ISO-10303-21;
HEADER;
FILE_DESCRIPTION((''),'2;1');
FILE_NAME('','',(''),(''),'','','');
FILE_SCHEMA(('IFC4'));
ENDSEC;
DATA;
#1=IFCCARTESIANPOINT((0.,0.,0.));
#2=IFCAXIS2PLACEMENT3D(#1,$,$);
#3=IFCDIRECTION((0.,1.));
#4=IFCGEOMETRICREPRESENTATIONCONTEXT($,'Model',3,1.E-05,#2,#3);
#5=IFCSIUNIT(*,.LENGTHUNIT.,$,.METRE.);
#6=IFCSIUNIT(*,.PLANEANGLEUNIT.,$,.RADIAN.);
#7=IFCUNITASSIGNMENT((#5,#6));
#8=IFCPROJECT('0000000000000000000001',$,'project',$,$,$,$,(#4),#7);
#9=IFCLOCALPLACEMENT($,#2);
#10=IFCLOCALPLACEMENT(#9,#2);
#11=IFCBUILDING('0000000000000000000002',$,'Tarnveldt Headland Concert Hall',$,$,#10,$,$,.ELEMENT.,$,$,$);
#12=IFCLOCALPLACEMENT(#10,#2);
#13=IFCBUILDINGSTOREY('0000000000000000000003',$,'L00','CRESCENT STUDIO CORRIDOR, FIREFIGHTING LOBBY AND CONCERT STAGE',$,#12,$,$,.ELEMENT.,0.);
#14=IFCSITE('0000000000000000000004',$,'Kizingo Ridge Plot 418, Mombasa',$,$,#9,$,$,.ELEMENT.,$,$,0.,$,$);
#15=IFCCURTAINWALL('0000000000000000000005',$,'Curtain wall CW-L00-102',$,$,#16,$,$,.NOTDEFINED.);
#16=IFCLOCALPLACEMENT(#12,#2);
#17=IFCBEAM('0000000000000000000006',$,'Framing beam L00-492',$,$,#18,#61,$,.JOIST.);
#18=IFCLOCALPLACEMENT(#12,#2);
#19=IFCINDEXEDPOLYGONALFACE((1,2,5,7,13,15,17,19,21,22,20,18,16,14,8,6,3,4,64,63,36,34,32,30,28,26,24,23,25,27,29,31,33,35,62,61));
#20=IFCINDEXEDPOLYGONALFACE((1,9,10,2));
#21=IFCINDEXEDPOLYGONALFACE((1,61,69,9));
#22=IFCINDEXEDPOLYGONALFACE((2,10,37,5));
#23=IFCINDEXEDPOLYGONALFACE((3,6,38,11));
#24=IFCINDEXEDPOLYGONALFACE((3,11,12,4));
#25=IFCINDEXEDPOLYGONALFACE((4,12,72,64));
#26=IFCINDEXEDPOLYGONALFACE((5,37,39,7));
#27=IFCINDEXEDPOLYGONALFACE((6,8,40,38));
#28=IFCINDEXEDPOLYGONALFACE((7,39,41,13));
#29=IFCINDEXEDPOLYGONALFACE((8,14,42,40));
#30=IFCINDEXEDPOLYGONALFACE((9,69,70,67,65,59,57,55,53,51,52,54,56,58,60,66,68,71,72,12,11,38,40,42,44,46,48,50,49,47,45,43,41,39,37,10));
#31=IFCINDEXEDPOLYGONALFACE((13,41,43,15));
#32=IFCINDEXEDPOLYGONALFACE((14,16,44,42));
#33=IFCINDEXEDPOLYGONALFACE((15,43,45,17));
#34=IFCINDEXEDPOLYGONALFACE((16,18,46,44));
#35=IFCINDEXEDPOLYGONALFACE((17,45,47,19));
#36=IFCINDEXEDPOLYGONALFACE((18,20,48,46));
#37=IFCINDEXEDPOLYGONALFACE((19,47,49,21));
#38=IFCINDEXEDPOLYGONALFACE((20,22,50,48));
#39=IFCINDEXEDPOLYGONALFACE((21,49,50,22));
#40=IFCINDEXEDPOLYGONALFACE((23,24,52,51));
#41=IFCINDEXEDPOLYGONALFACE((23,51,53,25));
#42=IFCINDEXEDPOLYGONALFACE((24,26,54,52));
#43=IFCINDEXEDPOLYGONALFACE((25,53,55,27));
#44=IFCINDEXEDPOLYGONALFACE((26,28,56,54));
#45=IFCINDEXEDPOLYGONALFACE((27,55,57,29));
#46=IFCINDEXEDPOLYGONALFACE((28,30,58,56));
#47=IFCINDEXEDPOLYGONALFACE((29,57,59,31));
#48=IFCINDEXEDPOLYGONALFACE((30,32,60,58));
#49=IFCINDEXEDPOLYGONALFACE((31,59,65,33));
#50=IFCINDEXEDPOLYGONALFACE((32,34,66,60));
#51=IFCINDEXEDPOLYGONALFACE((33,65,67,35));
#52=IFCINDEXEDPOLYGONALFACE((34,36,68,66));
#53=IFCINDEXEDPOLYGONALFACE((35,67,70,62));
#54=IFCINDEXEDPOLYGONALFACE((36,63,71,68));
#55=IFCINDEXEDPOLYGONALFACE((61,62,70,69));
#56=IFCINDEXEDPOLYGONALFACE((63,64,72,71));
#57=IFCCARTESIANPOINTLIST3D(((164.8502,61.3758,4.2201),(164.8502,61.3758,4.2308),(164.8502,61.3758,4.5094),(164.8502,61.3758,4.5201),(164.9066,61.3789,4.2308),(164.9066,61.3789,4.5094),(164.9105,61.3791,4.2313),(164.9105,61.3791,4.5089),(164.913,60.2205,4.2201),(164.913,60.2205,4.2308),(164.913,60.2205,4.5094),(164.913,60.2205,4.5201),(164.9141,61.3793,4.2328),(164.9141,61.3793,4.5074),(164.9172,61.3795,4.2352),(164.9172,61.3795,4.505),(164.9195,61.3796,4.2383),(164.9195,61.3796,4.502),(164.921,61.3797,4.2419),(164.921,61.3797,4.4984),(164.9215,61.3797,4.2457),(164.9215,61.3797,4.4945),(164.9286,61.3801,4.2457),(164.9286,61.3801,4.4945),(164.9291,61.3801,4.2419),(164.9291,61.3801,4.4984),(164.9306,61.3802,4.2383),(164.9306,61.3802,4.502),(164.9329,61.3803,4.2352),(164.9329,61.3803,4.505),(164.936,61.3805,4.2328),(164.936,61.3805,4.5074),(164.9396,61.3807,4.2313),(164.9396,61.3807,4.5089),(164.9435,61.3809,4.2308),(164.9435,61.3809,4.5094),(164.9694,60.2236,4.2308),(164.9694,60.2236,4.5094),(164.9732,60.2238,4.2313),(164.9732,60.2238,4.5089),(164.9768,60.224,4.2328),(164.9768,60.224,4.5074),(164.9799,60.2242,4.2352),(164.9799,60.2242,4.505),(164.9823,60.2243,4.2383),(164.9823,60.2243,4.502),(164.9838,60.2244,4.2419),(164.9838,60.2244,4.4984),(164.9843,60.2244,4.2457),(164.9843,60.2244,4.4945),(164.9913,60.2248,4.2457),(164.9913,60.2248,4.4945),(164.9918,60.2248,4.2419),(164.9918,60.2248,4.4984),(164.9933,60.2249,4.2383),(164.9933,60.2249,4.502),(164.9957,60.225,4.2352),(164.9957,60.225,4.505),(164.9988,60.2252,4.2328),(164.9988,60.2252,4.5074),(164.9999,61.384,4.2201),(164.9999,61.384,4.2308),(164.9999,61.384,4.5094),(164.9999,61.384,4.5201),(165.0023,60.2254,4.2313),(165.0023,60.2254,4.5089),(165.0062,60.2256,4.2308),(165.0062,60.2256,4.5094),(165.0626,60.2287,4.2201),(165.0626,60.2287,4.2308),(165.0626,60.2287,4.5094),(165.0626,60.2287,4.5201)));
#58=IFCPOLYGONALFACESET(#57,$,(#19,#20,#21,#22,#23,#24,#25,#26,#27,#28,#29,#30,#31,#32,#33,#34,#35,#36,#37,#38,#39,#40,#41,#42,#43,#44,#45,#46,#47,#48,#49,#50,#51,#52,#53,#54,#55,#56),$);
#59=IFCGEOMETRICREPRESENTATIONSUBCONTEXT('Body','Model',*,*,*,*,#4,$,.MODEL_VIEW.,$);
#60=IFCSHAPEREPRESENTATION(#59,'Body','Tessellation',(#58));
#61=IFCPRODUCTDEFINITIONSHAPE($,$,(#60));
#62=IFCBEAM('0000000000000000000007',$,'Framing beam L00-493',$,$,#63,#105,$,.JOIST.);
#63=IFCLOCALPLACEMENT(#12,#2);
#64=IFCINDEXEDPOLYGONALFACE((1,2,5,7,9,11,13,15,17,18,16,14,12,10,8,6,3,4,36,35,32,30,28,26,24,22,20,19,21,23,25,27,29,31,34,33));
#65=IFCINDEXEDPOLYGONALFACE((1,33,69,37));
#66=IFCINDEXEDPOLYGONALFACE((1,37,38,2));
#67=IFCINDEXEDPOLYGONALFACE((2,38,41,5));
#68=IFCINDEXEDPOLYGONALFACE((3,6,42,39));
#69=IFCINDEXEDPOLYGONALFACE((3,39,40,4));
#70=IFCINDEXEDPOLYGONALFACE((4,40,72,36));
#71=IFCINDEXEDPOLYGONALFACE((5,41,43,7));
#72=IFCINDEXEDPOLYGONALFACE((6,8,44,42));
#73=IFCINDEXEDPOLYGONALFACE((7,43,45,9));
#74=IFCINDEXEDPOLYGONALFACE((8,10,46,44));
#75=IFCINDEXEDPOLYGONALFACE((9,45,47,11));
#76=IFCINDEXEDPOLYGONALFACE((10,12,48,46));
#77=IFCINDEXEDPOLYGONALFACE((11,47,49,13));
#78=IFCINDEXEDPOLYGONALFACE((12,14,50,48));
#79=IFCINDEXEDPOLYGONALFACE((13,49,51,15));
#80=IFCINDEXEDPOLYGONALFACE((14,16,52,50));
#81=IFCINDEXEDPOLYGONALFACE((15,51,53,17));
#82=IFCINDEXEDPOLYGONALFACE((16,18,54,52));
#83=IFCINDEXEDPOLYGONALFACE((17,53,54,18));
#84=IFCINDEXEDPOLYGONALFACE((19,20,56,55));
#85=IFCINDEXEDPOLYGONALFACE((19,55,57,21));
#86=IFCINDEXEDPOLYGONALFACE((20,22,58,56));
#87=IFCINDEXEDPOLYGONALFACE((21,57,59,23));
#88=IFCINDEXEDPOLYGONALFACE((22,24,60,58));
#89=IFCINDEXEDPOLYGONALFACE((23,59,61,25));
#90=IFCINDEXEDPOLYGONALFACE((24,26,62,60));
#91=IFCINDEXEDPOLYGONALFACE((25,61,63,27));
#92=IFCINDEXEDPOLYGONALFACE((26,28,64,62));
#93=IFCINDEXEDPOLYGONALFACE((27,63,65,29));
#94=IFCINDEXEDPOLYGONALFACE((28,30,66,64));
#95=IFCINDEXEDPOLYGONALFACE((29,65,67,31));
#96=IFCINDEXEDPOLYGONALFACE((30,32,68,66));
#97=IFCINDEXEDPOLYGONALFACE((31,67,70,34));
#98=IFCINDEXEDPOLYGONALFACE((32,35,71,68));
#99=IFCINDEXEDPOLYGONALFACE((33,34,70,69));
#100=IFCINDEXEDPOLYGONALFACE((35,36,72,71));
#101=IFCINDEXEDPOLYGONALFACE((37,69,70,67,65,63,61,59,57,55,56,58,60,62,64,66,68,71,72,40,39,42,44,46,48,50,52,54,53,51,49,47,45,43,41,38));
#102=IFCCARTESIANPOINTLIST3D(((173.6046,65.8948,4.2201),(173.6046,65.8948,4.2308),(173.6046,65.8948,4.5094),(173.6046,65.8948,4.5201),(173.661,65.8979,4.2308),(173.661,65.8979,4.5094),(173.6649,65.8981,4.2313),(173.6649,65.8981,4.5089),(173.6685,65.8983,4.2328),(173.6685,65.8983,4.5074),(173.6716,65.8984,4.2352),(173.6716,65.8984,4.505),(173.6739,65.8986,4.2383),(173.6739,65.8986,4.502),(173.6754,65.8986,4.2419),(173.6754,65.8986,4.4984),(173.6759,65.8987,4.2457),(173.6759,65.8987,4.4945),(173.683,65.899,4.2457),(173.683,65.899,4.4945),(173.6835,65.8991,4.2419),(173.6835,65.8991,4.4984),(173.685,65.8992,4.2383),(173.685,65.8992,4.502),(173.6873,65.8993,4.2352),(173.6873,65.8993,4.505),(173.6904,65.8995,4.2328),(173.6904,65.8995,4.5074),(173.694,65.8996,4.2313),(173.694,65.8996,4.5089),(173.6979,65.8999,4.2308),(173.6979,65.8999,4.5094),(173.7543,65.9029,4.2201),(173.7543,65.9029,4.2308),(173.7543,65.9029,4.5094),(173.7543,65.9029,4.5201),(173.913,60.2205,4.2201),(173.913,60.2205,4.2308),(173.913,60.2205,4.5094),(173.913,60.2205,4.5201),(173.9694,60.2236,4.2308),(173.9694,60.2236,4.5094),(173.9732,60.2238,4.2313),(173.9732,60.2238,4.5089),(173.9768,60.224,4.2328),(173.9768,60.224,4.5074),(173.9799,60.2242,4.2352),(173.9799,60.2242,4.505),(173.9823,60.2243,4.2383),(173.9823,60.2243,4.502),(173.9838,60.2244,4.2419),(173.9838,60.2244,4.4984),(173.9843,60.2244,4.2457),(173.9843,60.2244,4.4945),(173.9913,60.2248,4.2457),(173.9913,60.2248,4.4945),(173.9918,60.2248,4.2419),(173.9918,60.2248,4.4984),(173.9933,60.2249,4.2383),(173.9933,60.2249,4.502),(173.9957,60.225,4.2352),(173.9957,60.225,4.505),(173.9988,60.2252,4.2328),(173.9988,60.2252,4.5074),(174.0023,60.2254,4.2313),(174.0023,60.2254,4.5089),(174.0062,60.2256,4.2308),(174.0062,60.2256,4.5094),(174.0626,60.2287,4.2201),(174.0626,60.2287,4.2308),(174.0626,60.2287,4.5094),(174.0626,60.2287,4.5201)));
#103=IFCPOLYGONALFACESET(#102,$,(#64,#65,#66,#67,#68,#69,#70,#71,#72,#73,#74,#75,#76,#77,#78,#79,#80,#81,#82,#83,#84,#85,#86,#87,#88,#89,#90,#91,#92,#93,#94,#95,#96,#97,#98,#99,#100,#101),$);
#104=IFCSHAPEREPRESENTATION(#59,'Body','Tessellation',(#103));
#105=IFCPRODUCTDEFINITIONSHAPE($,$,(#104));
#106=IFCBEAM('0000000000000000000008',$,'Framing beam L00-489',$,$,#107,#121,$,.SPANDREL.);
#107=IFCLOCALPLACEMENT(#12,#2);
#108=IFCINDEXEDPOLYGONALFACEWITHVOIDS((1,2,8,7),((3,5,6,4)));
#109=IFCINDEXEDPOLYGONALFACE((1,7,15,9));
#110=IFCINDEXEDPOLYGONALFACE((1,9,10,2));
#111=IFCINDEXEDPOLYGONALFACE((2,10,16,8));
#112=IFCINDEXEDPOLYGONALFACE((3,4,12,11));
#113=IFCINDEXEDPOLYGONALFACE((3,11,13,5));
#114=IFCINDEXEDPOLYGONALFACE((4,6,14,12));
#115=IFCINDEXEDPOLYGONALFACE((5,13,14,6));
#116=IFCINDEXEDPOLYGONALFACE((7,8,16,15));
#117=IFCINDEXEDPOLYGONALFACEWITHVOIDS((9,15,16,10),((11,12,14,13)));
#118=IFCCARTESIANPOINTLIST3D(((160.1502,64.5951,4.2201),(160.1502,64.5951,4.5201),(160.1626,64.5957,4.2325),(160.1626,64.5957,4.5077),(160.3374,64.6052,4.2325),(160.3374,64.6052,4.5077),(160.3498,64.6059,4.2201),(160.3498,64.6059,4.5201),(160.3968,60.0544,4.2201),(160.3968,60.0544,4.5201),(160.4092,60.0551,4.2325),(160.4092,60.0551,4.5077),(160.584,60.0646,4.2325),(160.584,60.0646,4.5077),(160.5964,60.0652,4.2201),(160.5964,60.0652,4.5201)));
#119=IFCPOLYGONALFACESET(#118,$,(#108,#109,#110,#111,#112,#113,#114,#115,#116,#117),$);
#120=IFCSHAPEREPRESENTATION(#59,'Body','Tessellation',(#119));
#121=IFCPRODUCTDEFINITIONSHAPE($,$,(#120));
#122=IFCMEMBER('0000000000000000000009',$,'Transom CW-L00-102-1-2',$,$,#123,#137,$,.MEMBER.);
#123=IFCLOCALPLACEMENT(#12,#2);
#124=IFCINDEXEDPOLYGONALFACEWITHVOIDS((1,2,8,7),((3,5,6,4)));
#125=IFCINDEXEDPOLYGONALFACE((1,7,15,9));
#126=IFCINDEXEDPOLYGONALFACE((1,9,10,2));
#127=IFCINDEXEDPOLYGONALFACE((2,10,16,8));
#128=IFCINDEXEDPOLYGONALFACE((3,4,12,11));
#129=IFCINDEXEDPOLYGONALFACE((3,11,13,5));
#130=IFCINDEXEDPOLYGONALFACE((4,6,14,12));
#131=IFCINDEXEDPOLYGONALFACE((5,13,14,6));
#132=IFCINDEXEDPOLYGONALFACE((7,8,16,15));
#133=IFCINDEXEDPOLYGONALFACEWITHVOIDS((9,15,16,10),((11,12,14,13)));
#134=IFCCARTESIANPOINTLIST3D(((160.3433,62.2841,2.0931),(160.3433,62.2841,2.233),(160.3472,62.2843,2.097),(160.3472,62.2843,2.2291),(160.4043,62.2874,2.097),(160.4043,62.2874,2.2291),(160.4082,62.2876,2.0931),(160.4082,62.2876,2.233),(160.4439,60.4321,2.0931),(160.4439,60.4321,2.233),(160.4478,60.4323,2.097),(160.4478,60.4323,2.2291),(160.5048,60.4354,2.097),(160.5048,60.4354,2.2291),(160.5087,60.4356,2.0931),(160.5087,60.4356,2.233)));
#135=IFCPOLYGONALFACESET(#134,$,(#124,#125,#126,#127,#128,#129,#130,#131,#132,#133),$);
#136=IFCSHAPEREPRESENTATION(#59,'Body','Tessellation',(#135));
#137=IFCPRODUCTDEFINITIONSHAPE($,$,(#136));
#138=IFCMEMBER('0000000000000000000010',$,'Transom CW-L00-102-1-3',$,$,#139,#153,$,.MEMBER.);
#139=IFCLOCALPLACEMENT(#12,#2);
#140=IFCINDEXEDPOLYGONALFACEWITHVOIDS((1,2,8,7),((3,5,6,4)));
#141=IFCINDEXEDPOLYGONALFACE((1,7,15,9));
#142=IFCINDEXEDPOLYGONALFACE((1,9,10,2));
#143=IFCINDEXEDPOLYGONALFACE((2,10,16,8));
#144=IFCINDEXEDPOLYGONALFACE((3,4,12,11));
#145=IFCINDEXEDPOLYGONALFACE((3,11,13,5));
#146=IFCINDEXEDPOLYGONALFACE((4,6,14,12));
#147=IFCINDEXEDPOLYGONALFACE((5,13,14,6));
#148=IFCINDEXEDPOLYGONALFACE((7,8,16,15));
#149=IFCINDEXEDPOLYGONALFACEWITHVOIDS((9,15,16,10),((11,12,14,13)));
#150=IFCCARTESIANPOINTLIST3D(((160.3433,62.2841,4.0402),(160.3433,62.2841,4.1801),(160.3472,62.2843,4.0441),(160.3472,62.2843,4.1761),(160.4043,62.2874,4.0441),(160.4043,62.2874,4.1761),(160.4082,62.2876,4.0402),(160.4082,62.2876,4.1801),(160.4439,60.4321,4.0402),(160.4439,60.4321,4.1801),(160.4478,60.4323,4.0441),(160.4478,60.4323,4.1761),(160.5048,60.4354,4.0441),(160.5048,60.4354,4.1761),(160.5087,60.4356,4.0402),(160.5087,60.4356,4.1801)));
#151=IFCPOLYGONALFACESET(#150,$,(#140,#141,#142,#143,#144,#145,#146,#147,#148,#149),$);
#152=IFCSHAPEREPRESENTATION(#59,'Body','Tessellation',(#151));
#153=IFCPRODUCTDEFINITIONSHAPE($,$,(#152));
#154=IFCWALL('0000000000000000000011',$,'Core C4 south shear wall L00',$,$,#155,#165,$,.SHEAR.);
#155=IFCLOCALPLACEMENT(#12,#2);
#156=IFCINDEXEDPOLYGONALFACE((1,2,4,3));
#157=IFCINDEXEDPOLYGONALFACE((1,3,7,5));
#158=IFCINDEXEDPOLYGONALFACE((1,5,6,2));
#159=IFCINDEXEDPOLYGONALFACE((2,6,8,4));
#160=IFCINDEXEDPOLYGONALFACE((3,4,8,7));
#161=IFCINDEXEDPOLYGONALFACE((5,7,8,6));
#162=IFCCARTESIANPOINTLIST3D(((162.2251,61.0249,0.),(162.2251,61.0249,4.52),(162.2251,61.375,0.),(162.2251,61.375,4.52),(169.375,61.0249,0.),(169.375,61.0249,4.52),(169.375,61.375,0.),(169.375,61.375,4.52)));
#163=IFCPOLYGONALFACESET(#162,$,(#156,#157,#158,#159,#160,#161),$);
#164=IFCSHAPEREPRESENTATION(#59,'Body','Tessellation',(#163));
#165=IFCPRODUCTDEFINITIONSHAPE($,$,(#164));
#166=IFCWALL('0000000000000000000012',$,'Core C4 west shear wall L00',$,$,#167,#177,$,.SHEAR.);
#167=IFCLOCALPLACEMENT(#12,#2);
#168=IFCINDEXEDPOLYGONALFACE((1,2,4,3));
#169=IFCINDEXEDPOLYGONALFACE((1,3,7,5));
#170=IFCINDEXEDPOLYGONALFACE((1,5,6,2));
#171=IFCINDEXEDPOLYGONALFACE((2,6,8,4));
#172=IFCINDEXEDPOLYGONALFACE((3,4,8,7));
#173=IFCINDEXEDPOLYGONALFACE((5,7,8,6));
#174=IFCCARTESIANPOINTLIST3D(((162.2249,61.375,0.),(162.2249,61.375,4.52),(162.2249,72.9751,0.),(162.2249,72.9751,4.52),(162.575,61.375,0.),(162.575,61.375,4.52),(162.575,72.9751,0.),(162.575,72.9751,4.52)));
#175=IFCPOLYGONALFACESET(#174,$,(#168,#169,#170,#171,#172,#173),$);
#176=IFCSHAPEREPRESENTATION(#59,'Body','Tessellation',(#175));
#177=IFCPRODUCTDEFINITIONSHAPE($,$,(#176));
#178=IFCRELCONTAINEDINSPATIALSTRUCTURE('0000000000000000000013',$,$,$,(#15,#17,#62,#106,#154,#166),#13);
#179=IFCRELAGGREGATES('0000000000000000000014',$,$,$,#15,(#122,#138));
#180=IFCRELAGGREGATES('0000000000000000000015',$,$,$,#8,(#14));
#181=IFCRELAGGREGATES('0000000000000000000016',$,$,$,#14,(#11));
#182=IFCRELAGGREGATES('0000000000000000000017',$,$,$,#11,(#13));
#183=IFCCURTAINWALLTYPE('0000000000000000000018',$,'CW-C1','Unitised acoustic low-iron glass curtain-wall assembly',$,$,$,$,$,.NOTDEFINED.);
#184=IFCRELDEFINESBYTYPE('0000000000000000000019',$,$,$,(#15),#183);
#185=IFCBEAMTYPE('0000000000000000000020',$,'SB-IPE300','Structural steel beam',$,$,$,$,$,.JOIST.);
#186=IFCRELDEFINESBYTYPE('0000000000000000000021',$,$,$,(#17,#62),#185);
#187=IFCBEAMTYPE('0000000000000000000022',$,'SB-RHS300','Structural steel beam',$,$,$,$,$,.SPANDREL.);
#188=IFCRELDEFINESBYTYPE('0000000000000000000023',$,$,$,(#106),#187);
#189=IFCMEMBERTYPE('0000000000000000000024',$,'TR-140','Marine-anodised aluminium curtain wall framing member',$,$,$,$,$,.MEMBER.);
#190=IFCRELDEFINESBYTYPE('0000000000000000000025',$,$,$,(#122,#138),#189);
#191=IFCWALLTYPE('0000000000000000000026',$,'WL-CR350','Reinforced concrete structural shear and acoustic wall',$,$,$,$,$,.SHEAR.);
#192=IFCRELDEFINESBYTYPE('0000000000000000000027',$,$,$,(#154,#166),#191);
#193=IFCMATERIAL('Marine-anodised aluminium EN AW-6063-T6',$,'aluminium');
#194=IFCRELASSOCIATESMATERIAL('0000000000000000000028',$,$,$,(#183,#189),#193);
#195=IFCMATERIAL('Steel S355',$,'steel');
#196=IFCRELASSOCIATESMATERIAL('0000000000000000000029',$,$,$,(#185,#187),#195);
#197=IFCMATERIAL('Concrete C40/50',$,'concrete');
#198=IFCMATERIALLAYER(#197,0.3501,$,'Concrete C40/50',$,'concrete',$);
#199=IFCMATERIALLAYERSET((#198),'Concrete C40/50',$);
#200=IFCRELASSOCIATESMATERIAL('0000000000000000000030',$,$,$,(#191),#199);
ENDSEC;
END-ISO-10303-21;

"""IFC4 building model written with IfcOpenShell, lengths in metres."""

from ifc_helpers import new_model, si_unit, direction, frame, frame_2d, origin, origin_2d, place, context, subcontext, project, spatial, rectangle, hollow_rectangle, i_section, extrude, material, layer, layer_set, material_profile, profile_set, type_object, element, aggregate, save


model = new_model("IFC4")

# Units and contexts
model_context = context("Model", 3, precision=1e-05, world=origin(), true_north=direction((0.0, 1.0)))
body_context = subcontext(model_context, "Body", "Model", "MODEL_VIEW")
ifc_project = project(units=[si_unit("LENGTHUNIT", "METRE"), si_unit("PLANEANGLEUNIT", "RADIAN")], contexts=[model_context])

# Site, building, storey
site_placement = place(None, origin())
site = spatial("IfcSite", under=ifc_project, at=site_placement, Name="Kizingo Ridge Plot 418, Mombasa", CompositionType="ELEMENT", RefElevation=0.0)
building_placement = place(site_placement, origin())
building = spatial("IfcBuilding", under=site, at=building_placement, Name="Tarnveldt Headland Concert Hall", CompositionType="ELEMENT")
storey_placement = place(building_placement, origin())
storey = spatial("IfcBuildingStorey", under=building, at=storey_placement, Name="L00", Description="CRESCENT STUDIO CORRIDOR, FIREFIGHTING LOBBY AND CONCERT STAGE", CompositionType="ELEMENT", Elevation=0.0)

# Shared definitions
ifc_material_1 = material(Name="Concrete C40/50", Category="concrete")

# Curtain wall
ifc_material_2 = material(Name="Marine-anodised aluminium EN AW-6063-T6", Category="aluminium")
curtain_wall_type = type_object("IfcCurtainWallType", Name="CW-C1", Description="Unitised acoustic low-iron glass curtain-wall assembly", PredefinedType="NOTDEFINED", material=ifc_material_2)
curtain_wall_1_placement = place(storey_placement, origin())
curtain_wall_1 = element("IfcCurtainWall", 1, at=curtain_wall_1_placement, inside=storey, type_object=curtain_wall_type, Name="Curtain wall CW-L00-102", PredefinedType="NOTDEFINED")

# Beams
ifc_material_3 = material(Name="Steel S355", Category="steel")
ifc_material_profile_1 = material_profile(ifc_material_3, i_section(OverallWidth=0.1499, OverallDepth=0.3, WebThickness=0.0071, FlangeThickness=0.0107, FilletRadius=0.0149, at=origin_2d()), Name="IPE300", Category="steel")
ifc_profile_set_1 = profile_set([ifc_material_profile_1], Name="Steel S355")
beam_type_1 = type_object("IfcBeamType", Name="SB-IPE300", Description="Structural steel beam", PredefinedType="JOIST", material=ifc_profile_set_1)
beam_1_placement = place(storey_placement, frame((164.9878, 60.2246, 4.3701), z_axis=(-0.054231, 0.998528, 0.0), x_axis=(-0.998528, -0.054231, 0.0)))
element("IfcBeam", 2, at=beam_1_placement, inside=storey, type_object=beam_type_1, Name="Framing beam L00-492", PredefinedType="JOIST", context=body_context, shape_type="SweptSolid", body=[
    extrude(i_section(OverallWidth=0.1499, OverallDepth=0.3, WebThickness=0.0071, FlangeThickness=0.0107, FilletRadius=0.0149, at=origin_2d()), origin(), (0.0, 0.0, 1.0), 1.157),
])
beam_2_placement = place(storey_placement, frame((173.9878, 60.2246, 4.3701), z_axis=(-0.054261, 0.998527, 0.0), x_axis=(-0.998527, -0.054261, 0.0)))
element("IfcBeam", 3, at=beam_2_placement, inside=storey, type_object=beam_type_1, Name="Framing beam L00-493", PredefinedType="JOIST", context=body_context, shape_type="SweptSolid", body=[
    extrude(i_section(OverallWidth=0.1499, OverallDepth=0.3, WebThickness=0.0071, FlangeThickness=0.0107, FilletRadius=0.0149, at=origin_2d()), origin(), (0.0, 0.0, 1.0), 5.6826),
])
ifc_material_profile_2 = material_profile(ifc_material_3, hollow_rectangle(XDim=0.2, YDim=0.3, WallThickness=0.0125, at=origin_2d()), Name="RHS 300x200x12.5", Category="steel")
ifc_profile_set_2 = profile_set([ifc_material_profile_2], Name="Steel S355")
beam_type_2 = type_object("IfcBeamType", Name="SB-RHS300", Description="Structural steel beam", PredefinedType="SPANDREL", material=ifc_profile_set_2)
beam_3_placement = place(storey_placement, frame((160.4966, 60.0598, 4.3701), z_axis=(-0.054224, 0.998529, 0.0), x_axis=(-0.998529, -0.054224, 0.0)))
element("IfcBeam", 4, at=beam_3_placement, inside=storey, type_object=beam_type_2, Name="Framing beam L00-489", PredefinedType="SPANDREL", context=body_context, shape_type="SweptSolid", body=[
    extrude(hollow_rectangle(XDim=0.2, YDim=0.3, WallThickness=0.0125, at=origin_2d()), origin(), (0.0, 0.0, 1.0), 4.5474),
])

# Members
ifc_material_profile_3 = material_profile(ifc_material_2, hollow_rectangle(XDim=0.0649, YDim=0.1399, WallThickness=0.0039, at=origin_2d()), Name="ALU TRANSOM 65x140x4", Category="aluminium")
ifc_profile_set_3 = profile_set([ifc_material_profile_3], Name="Marine-anodised aluminium EN AW-6063-T6")
member_type_1 = type_object("IfcMemberType", Name="TR-140", Description="Marine-anodised aluminium curtain wall framing member", PredefinedType="MEMBER", material=ifc_profile_set_3)
member_1_placement = place(storey_placement, frame((160.4763, 60.4338, 2.1631), z_axis=(-0.054231, 0.998528, 0.0), x_axis=(-0.998528, -0.054231, 0.0)))
member_1 = element("IfcMember", 5, at=member_1_placement, type_object=member_type_1, Name="Transom CW-L00-102-1-2", PredefinedType="MEMBER", context=body_context, shape_type="SweptSolid", body=[
    extrude(hollow_rectangle(XDim=0.0649, YDim=0.1399, WallThickness=0.0039, at=origin_2d()), origin(), (0.0, 0.0, 1.0), 1.8547),
])
member_2_placement = place(storey_placement, frame((160.4763, 60.4338, 4.1101), z_axis=(-0.054231, 0.998528, 0.0), x_axis=(-0.998528, -0.054231, 0.0)))
member_2 = element("IfcMember", 6, at=member_2_placement, type_object=member_type_1, Name="Transom CW-L00-102-1-3", PredefinedType="MEMBER", context=body_context, shape_type="SweptSolid", body=[
    extrude(hollow_rectangle(XDim=0.0649, YDim=0.1399, WallThickness=0.0039, at=origin_2d()), origin(), (0.0, 0.0, 1.0), 1.8547),
])
aggregate(curtain_wall_1, [member_1, member_2])

# Walls
ifc_layer_1 = layer(ifc_material_1, 0.3501, Name="Concrete C40/50", Category="concrete")
ifc_layer_set_1 = layer_set([ifc_layer_1], Name="Concrete C40/50")
wall_type_1 = type_object("IfcWallType", Name="WL-CR350", Description="Reinforced concrete structural shear and acoustic wall", PredefinedType="SHEAR", material=ifc_layer_set_1)
wall_1_placement = place(storey_placement, frame((162.2251, 61.2, 0.0), z_axis=(0.0, 0.0, 1.0), x_axis=(1.0, 0.0, 0.0)))
element("IfcWall", 7, at=wall_1_placement, inside=storey, type_object=wall_type_1, Name="Core C4 south shear wall L00", PredefinedType="SHEAR", context=body_context, shape_type="SweptSolid", body=[
    extrude(rectangle(XDim=7.1499, YDim=0.3501, at=frame_2d((3.575, 0.0))), origin(), (0.0, 0.0, 1.0), 4.52),
])
wall_2_placement = place(storey_placement, frame((162.3999, 61.375, 0.0), z_axis=(0.0, 0.0, 1.0), x_axis=(0.0, 1.0, 0.0)))
element("IfcWall", 8, at=wall_2_placement, inside=storey, type_object=wall_type_1, Name="Core C4 west shear wall L00", PredefinedType="SHEAR", context=body_context, shape_type="SweptSolid", body=[
    extrude(rectangle(XDim=11.6001, YDim=0.3501, at=frame_2d((5.8, 0.0))), origin(), (0.0, 0.0, 1.0), 4.52),
])

save(model, "model.ifc")
